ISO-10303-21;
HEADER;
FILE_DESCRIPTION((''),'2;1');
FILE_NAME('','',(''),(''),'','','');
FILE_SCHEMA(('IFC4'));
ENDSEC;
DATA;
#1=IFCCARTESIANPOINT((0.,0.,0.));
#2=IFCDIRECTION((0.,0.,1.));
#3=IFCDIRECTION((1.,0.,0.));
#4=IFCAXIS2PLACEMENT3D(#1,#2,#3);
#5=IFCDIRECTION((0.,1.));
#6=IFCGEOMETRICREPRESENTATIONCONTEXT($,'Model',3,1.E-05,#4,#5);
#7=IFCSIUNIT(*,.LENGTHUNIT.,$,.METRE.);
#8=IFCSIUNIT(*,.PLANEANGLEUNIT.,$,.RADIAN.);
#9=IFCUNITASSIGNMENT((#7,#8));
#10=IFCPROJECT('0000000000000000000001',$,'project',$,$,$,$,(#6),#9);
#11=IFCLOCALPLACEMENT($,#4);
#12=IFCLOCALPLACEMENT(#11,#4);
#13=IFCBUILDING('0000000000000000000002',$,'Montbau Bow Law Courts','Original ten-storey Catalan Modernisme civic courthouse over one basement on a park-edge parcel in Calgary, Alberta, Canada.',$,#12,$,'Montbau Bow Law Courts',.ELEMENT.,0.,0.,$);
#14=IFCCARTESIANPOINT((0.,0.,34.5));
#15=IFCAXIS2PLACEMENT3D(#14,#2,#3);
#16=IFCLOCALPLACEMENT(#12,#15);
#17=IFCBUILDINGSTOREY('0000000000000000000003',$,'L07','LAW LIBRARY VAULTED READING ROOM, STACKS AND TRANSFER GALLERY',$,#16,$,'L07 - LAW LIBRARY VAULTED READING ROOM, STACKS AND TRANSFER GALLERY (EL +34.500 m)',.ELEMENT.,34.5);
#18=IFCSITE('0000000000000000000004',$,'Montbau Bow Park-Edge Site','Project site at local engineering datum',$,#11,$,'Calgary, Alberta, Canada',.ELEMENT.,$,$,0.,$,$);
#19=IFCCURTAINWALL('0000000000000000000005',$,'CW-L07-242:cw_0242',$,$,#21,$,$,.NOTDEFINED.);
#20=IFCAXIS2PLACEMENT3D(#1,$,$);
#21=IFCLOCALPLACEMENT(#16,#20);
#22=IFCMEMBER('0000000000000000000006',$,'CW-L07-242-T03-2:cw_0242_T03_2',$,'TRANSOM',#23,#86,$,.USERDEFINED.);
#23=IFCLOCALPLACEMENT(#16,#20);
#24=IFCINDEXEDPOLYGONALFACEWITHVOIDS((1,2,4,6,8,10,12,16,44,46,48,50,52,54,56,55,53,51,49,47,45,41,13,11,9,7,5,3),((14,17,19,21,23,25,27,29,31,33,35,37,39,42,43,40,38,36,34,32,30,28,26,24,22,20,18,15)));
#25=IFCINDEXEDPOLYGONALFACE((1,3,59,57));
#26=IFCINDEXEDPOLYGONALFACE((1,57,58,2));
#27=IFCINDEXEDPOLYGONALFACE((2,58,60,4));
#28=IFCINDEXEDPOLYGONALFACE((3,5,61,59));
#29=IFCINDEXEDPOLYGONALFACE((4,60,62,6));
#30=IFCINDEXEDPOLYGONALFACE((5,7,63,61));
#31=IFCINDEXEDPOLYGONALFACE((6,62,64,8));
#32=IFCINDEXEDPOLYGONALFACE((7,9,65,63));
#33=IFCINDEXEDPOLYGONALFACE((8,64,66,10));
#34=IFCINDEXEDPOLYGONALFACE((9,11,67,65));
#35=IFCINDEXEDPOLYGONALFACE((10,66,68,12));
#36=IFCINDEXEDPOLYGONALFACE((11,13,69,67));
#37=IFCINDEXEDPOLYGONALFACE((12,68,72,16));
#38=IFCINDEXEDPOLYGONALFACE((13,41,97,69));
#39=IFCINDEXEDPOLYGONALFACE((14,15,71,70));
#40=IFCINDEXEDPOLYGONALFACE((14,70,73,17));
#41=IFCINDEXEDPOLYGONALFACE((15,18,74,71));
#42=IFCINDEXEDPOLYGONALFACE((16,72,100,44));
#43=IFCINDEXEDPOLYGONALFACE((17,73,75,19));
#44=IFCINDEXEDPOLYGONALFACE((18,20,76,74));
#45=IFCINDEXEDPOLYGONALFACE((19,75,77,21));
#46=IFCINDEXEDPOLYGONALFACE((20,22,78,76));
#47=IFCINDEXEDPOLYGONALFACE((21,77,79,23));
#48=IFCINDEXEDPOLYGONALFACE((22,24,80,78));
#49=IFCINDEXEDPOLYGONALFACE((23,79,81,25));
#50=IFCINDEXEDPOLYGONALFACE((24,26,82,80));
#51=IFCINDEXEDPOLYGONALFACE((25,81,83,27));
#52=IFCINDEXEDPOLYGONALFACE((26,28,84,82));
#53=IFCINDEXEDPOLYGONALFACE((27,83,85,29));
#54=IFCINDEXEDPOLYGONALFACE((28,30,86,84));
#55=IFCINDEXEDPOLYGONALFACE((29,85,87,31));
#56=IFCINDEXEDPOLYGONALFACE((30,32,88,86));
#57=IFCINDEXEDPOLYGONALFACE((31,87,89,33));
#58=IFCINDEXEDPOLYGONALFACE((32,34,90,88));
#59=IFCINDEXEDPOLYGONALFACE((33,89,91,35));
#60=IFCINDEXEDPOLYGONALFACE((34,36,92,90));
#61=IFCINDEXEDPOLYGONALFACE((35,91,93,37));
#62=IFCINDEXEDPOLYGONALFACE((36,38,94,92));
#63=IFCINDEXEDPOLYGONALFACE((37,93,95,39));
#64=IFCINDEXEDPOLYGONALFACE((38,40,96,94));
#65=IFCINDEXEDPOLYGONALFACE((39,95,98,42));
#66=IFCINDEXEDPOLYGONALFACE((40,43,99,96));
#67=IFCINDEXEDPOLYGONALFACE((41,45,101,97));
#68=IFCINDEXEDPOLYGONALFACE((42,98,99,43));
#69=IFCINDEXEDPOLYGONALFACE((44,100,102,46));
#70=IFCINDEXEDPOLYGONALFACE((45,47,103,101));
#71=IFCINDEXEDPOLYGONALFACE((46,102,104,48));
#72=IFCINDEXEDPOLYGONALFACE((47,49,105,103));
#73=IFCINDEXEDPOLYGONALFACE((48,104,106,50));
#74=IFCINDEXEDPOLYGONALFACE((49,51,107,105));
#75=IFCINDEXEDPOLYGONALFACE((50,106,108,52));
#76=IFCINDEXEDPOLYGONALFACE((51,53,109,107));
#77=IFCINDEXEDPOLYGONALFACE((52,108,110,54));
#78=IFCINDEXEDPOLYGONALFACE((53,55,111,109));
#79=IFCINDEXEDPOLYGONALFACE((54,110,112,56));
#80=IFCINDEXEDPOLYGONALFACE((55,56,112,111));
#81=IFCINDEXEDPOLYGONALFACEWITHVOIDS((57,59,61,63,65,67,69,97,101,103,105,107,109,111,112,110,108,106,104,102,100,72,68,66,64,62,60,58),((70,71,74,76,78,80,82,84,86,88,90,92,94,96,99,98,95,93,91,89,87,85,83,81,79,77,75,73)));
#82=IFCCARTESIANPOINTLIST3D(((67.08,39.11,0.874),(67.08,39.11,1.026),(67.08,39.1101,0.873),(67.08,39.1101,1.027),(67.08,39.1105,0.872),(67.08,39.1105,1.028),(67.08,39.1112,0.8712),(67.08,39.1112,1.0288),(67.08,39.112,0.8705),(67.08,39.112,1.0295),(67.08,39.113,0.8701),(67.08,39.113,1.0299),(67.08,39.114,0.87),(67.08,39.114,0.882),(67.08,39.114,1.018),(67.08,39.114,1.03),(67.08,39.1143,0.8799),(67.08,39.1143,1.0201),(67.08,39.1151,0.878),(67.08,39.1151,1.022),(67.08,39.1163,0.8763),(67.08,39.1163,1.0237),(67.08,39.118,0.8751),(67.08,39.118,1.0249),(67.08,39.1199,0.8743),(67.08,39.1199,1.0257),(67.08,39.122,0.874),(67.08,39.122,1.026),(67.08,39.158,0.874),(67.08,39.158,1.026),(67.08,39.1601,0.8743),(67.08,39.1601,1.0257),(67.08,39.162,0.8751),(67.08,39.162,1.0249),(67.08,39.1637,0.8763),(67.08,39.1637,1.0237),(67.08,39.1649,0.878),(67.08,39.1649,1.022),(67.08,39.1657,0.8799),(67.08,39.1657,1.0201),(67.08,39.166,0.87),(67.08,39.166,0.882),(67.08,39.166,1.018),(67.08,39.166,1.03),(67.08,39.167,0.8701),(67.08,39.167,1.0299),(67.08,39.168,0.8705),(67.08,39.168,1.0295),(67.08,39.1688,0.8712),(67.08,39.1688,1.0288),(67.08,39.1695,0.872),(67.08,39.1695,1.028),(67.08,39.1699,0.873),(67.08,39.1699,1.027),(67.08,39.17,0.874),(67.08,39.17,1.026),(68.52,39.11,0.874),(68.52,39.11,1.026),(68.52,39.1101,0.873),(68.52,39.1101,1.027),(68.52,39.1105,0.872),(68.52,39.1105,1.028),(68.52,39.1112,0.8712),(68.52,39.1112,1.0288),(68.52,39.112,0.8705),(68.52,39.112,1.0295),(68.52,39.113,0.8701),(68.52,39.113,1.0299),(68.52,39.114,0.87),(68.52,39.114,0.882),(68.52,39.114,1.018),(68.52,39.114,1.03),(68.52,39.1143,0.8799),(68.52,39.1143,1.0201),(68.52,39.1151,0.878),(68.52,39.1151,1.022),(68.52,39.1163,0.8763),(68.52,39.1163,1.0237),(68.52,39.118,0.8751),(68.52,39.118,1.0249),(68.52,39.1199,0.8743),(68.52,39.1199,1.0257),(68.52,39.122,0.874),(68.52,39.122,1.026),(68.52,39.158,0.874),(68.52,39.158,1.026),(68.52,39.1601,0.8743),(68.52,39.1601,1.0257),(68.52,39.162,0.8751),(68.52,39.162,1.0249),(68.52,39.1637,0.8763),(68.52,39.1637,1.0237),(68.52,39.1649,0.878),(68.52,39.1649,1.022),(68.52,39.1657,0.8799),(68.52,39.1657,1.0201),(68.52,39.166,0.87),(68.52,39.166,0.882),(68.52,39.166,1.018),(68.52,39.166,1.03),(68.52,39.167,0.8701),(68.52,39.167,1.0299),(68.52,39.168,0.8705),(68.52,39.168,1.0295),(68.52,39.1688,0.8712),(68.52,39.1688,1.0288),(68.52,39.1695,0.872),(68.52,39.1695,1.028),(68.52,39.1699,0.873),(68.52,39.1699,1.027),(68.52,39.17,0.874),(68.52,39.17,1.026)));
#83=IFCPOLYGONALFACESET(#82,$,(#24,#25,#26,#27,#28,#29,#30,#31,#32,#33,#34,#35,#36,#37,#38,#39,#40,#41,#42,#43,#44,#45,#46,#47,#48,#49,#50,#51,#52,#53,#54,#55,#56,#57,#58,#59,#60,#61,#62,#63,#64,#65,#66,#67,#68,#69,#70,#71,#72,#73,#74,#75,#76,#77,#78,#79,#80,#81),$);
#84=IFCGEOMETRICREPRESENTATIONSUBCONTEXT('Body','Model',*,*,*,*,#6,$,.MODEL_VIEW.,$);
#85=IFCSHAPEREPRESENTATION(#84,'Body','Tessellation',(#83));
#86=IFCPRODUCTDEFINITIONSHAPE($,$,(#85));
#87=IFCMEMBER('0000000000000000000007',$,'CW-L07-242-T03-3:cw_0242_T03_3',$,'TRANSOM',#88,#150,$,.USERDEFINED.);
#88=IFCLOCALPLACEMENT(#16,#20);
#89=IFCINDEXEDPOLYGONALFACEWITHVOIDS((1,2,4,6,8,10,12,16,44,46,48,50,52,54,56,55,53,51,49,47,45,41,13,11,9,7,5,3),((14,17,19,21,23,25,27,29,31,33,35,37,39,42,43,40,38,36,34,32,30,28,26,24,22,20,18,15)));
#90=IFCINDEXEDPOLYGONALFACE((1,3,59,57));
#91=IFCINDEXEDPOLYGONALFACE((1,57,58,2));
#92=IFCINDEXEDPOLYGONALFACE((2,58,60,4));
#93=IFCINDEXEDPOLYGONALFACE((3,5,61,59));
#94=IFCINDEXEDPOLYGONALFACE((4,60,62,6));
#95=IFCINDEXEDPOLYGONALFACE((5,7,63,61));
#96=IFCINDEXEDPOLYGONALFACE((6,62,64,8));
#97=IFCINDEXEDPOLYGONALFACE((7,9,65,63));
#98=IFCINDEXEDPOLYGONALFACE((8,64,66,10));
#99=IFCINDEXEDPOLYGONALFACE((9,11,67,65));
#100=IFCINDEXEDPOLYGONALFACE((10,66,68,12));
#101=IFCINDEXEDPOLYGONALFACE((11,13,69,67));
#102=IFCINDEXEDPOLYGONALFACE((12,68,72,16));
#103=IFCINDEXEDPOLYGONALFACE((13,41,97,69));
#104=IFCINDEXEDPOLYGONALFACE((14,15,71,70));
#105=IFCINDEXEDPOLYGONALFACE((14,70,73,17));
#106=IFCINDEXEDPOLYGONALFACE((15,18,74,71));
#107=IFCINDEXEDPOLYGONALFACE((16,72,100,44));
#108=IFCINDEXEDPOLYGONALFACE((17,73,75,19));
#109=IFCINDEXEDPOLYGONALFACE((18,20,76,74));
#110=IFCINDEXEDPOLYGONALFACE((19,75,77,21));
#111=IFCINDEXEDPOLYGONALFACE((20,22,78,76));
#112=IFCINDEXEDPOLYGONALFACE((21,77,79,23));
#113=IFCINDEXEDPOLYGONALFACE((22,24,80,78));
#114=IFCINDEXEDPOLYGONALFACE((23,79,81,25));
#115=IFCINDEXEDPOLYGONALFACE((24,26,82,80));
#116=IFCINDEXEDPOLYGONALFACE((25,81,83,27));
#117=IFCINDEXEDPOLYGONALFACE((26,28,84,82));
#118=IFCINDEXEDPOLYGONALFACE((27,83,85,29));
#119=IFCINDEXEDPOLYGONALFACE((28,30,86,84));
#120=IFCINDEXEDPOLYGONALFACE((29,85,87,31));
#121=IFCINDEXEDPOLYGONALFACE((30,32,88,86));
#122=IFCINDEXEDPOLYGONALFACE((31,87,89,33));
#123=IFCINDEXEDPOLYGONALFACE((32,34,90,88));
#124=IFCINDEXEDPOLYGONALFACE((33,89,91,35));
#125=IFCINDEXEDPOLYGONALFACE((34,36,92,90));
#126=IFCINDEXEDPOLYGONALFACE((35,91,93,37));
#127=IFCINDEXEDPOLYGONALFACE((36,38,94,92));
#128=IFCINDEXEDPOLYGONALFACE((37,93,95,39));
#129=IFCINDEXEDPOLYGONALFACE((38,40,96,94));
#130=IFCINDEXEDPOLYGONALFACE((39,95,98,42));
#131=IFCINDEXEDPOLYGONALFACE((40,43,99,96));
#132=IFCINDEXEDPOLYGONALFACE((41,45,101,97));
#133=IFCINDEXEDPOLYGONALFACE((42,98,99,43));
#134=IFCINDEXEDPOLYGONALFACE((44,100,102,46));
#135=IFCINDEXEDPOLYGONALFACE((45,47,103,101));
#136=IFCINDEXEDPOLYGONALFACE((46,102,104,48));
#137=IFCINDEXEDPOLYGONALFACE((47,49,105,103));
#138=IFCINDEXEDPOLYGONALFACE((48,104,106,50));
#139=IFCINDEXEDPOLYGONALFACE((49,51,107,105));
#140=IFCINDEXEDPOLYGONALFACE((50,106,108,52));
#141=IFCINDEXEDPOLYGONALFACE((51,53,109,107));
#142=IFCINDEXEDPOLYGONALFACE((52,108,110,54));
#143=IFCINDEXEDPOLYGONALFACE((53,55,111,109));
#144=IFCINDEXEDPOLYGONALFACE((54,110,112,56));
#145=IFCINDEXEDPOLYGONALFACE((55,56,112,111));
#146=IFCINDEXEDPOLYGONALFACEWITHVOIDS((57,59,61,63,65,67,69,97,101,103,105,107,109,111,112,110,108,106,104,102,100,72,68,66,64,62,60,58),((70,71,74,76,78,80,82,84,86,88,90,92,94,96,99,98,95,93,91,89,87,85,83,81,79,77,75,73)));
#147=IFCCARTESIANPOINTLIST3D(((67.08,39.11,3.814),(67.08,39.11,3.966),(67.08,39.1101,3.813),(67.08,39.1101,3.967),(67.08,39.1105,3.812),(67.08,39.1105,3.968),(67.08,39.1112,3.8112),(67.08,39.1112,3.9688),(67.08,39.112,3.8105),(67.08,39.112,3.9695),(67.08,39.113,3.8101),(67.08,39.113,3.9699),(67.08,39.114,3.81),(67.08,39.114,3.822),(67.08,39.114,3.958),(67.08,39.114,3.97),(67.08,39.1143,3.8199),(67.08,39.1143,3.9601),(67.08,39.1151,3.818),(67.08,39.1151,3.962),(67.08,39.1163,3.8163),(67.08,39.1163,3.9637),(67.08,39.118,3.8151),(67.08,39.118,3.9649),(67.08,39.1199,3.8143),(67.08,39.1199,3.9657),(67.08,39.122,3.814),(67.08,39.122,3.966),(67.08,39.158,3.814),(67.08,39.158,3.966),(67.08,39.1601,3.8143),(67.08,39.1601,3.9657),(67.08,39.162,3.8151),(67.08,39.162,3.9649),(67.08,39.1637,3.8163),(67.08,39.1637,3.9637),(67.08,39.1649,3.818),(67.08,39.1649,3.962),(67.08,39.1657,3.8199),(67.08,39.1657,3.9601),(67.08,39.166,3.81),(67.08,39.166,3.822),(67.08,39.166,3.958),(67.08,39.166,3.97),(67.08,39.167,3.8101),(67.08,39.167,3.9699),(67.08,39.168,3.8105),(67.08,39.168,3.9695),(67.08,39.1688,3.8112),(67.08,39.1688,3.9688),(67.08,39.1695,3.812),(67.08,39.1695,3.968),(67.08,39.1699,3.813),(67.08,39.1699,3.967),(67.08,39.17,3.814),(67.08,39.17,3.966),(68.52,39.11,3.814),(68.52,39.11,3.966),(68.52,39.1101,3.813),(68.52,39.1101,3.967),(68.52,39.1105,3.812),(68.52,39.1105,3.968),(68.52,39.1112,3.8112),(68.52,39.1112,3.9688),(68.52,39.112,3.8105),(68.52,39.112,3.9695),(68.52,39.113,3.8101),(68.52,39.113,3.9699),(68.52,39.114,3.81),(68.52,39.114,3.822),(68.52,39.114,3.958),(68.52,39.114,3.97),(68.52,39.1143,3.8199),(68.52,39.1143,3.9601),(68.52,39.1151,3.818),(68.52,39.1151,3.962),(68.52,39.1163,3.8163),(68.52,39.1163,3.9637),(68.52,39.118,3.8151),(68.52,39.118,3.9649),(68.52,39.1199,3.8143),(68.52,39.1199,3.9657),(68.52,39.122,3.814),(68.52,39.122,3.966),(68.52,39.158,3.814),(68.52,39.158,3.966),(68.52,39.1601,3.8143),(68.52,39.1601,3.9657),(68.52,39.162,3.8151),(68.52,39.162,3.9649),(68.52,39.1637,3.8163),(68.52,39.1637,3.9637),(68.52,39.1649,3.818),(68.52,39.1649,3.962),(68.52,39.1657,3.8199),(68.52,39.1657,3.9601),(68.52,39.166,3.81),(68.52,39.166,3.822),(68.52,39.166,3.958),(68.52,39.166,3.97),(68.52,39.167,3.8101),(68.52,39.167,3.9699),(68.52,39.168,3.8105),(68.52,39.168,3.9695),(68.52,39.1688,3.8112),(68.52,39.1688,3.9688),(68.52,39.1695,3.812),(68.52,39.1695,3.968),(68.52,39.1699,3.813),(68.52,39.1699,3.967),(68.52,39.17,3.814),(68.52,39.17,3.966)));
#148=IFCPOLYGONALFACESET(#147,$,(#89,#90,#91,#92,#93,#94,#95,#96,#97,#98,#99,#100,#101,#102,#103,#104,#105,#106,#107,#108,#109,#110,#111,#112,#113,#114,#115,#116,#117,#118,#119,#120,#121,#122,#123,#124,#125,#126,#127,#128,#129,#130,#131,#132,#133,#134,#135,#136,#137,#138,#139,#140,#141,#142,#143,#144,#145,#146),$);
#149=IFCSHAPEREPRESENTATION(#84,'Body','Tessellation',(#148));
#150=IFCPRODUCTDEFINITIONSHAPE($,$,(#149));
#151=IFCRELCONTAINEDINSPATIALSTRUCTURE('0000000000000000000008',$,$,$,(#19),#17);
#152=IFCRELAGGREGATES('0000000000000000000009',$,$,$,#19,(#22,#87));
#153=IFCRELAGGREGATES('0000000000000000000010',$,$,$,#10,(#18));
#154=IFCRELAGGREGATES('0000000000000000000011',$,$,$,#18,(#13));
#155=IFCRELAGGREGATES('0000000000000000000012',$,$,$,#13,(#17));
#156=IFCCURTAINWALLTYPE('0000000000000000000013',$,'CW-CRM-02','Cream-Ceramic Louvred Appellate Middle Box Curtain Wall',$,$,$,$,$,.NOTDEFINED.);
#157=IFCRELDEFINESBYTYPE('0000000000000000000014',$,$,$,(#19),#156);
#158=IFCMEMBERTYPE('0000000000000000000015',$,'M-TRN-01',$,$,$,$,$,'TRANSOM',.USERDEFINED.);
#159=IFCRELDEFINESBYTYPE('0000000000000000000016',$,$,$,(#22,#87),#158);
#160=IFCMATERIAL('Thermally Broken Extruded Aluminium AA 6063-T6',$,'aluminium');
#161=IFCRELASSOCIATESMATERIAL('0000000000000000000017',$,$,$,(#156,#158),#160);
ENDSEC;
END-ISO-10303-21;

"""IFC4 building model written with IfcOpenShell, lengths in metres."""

from ifc_helpers import new_model, si_unit, direction, frame, origin_with_axes, origin_2d_with_axis, place, context, subcontext, project, spatial, hollow_rectangle, extrude, material, material_profile, profile_set, type_object, element, aggregate, save


model = new_model("IFC4")

# Units and contexts
model_context = context("Model", 3, precision=1e-05, world=origin_with_axes(), true_north=direction((0.0, 1.0)))
body_context = subcontext(model_context, "Body", "Model", "MODEL_VIEW")
ifc_project = project(units=[si_unit("LENGTHUNIT", "METRE"), si_unit("PLANEANGLEUNIT", "RADIAN")], contexts=[model_context])

# Site, building, storey
site_placement = place(None, origin_with_axes())
site = spatial("IfcSite", under=ifc_project, at=site_placement, Name="Montbau Bow Park-Edge Site", Description="Project site at local engineering datum", LongName="Calgary, Alberta, Canada", CompositionType="ELEMENT", RefElevation=0.0)
building_placement = place(site_placement, origin_with_axes())
building = spatial("IfcBuilding", under=site, at=building_placement, Name="Montbau Bow Law Courts", Description="Original ten-storey Catalan Modernisme civic courthouse over one basement on a park-edge parcel in Calgary, Alberta, Canada.", LongName="Montbau Bow Law Courts", CompositionType="ELEMENT", ElevationOfRefHeight=0.0, ElevationOfTerrain=0.0)
storey_placement = place(building_placement, frame((0.0, 0.0, 34.5), z_axis=(0.0, 0.0, 1.0), x_axis=(1.0, 0.0, 0.0)))
storey = spatial("IfcBuildingStorey", under=building, at=storey_placement, Name="L07", Description="LAW LIBRARY VAULTED READING ROOM, STACKS AND TRANSFER GALLERY", LongName="L07 - LAW LIBRARY VAULTED READING ROOM, STACKS AND TRANSFER GALLERY (EL +34.500 m)", CompositionType="ELEMENT", Elevation=34.5)

# Curtain wall, members
ifc_material_1 = material(Name="Thermally Broken Extruded Aluminium AA 6063-T6", Category="aluminium")
curtain_wall_type = type_object("IfcCurtainWallType", Name="CW-CRM-02", Description="Cream-Ceramic Louvred Appellate Middle Box Curtain Wall", PredefinedType="NOTDEFINED", material=ifc_material_1)
curtain_wall_placement = place(None, frame((64.04, 39.14, 34.5), z_axis=(0.0, 0.0, 1.0), x_axis=(1.0, 0.0, 0.0)))
curtain_wall = element("IfcCurtainWall", 1, at=curtain_wall_placement, inside=storey, type_object=curtain_wall_type, Name="CW-L07-242:cw_0242", PredefinedType="NOTDEFINED")
ifc_material_profile_1 = material_profile(ifc_material_1, hollow_rectangle(XDim=0.06, YDim=0.16, WallThickness=0.004, InnerFilletRadius=0.008, OuterFilletRadius=0.004, at=origin_2d_with_axis()), Name="CWT-160X60", Category="Main", Priority=0)
ifc_profile_set_1 = profile_set([ifc_material_profile_1], Name="Thermally Broken Extruded Aluminium AA 6063-T6")
member_type_1 = type_object("IfcMemberType", Name="M-TRN-01", ElementType="TRANSOM", PredefinedType="USERDEFINED", material=ifc_profile_set_1)
member_1_placement = place(None, frame((67.08, 39.14, 35.45), z_axis=(1.0, 0.0, 0.0), x_axis=(0.0, 1.0, 0.0)))
member_1 = element("IfcMember", 2, at=member_1_placement, type_object=member_type_1, Name="CW-L07-242-T03-2:cw_0242_T03_2", ObjectType="TRANSOM", PredefinedType="USERDEFINED", context=body_context, shape_type="SweptSolid", body=[
    extrude(hollow_rectangle(XDim=0.06, YDim=0.16, WallThickness=0.004, InnerFilletRadius=0.008, OuterFilletRadius=0.004, at=origin_2d_with_axis()), origin_with_axes(), (0.0, 0.0, 1.0), 1.44),
])
member_2_placement = place(None, frame((67.08, 39.14, 38.39), z_axis=(1.0, 0.0, 0.0), x_axis=(0.0, 1.0, 0.0)))
member_2 = element("IfcMember", 3, at=member_2_placement, type_object=member_type_1, Name="CW-L07-242-T03-3:cw_0242_T03_3", ObjectType="TRANSOM", PredefinedType="USERDEFINED", context=body_context, shape_type="SweptSolid", body=[
    extrude(hollow_rectangle(XDim=0.06, YDim=0.16, WallThickness=0.004, InnerFilletRadius=0.008, OuterFilletRadius=0.004, at=origin_2d_with_axis()), origin_with_axes(), (0.0, 0.0, 1.0), 1.44),
])
aggregate(curtain_wall, [member_1, member_2])

save(model, "model.ifc")
